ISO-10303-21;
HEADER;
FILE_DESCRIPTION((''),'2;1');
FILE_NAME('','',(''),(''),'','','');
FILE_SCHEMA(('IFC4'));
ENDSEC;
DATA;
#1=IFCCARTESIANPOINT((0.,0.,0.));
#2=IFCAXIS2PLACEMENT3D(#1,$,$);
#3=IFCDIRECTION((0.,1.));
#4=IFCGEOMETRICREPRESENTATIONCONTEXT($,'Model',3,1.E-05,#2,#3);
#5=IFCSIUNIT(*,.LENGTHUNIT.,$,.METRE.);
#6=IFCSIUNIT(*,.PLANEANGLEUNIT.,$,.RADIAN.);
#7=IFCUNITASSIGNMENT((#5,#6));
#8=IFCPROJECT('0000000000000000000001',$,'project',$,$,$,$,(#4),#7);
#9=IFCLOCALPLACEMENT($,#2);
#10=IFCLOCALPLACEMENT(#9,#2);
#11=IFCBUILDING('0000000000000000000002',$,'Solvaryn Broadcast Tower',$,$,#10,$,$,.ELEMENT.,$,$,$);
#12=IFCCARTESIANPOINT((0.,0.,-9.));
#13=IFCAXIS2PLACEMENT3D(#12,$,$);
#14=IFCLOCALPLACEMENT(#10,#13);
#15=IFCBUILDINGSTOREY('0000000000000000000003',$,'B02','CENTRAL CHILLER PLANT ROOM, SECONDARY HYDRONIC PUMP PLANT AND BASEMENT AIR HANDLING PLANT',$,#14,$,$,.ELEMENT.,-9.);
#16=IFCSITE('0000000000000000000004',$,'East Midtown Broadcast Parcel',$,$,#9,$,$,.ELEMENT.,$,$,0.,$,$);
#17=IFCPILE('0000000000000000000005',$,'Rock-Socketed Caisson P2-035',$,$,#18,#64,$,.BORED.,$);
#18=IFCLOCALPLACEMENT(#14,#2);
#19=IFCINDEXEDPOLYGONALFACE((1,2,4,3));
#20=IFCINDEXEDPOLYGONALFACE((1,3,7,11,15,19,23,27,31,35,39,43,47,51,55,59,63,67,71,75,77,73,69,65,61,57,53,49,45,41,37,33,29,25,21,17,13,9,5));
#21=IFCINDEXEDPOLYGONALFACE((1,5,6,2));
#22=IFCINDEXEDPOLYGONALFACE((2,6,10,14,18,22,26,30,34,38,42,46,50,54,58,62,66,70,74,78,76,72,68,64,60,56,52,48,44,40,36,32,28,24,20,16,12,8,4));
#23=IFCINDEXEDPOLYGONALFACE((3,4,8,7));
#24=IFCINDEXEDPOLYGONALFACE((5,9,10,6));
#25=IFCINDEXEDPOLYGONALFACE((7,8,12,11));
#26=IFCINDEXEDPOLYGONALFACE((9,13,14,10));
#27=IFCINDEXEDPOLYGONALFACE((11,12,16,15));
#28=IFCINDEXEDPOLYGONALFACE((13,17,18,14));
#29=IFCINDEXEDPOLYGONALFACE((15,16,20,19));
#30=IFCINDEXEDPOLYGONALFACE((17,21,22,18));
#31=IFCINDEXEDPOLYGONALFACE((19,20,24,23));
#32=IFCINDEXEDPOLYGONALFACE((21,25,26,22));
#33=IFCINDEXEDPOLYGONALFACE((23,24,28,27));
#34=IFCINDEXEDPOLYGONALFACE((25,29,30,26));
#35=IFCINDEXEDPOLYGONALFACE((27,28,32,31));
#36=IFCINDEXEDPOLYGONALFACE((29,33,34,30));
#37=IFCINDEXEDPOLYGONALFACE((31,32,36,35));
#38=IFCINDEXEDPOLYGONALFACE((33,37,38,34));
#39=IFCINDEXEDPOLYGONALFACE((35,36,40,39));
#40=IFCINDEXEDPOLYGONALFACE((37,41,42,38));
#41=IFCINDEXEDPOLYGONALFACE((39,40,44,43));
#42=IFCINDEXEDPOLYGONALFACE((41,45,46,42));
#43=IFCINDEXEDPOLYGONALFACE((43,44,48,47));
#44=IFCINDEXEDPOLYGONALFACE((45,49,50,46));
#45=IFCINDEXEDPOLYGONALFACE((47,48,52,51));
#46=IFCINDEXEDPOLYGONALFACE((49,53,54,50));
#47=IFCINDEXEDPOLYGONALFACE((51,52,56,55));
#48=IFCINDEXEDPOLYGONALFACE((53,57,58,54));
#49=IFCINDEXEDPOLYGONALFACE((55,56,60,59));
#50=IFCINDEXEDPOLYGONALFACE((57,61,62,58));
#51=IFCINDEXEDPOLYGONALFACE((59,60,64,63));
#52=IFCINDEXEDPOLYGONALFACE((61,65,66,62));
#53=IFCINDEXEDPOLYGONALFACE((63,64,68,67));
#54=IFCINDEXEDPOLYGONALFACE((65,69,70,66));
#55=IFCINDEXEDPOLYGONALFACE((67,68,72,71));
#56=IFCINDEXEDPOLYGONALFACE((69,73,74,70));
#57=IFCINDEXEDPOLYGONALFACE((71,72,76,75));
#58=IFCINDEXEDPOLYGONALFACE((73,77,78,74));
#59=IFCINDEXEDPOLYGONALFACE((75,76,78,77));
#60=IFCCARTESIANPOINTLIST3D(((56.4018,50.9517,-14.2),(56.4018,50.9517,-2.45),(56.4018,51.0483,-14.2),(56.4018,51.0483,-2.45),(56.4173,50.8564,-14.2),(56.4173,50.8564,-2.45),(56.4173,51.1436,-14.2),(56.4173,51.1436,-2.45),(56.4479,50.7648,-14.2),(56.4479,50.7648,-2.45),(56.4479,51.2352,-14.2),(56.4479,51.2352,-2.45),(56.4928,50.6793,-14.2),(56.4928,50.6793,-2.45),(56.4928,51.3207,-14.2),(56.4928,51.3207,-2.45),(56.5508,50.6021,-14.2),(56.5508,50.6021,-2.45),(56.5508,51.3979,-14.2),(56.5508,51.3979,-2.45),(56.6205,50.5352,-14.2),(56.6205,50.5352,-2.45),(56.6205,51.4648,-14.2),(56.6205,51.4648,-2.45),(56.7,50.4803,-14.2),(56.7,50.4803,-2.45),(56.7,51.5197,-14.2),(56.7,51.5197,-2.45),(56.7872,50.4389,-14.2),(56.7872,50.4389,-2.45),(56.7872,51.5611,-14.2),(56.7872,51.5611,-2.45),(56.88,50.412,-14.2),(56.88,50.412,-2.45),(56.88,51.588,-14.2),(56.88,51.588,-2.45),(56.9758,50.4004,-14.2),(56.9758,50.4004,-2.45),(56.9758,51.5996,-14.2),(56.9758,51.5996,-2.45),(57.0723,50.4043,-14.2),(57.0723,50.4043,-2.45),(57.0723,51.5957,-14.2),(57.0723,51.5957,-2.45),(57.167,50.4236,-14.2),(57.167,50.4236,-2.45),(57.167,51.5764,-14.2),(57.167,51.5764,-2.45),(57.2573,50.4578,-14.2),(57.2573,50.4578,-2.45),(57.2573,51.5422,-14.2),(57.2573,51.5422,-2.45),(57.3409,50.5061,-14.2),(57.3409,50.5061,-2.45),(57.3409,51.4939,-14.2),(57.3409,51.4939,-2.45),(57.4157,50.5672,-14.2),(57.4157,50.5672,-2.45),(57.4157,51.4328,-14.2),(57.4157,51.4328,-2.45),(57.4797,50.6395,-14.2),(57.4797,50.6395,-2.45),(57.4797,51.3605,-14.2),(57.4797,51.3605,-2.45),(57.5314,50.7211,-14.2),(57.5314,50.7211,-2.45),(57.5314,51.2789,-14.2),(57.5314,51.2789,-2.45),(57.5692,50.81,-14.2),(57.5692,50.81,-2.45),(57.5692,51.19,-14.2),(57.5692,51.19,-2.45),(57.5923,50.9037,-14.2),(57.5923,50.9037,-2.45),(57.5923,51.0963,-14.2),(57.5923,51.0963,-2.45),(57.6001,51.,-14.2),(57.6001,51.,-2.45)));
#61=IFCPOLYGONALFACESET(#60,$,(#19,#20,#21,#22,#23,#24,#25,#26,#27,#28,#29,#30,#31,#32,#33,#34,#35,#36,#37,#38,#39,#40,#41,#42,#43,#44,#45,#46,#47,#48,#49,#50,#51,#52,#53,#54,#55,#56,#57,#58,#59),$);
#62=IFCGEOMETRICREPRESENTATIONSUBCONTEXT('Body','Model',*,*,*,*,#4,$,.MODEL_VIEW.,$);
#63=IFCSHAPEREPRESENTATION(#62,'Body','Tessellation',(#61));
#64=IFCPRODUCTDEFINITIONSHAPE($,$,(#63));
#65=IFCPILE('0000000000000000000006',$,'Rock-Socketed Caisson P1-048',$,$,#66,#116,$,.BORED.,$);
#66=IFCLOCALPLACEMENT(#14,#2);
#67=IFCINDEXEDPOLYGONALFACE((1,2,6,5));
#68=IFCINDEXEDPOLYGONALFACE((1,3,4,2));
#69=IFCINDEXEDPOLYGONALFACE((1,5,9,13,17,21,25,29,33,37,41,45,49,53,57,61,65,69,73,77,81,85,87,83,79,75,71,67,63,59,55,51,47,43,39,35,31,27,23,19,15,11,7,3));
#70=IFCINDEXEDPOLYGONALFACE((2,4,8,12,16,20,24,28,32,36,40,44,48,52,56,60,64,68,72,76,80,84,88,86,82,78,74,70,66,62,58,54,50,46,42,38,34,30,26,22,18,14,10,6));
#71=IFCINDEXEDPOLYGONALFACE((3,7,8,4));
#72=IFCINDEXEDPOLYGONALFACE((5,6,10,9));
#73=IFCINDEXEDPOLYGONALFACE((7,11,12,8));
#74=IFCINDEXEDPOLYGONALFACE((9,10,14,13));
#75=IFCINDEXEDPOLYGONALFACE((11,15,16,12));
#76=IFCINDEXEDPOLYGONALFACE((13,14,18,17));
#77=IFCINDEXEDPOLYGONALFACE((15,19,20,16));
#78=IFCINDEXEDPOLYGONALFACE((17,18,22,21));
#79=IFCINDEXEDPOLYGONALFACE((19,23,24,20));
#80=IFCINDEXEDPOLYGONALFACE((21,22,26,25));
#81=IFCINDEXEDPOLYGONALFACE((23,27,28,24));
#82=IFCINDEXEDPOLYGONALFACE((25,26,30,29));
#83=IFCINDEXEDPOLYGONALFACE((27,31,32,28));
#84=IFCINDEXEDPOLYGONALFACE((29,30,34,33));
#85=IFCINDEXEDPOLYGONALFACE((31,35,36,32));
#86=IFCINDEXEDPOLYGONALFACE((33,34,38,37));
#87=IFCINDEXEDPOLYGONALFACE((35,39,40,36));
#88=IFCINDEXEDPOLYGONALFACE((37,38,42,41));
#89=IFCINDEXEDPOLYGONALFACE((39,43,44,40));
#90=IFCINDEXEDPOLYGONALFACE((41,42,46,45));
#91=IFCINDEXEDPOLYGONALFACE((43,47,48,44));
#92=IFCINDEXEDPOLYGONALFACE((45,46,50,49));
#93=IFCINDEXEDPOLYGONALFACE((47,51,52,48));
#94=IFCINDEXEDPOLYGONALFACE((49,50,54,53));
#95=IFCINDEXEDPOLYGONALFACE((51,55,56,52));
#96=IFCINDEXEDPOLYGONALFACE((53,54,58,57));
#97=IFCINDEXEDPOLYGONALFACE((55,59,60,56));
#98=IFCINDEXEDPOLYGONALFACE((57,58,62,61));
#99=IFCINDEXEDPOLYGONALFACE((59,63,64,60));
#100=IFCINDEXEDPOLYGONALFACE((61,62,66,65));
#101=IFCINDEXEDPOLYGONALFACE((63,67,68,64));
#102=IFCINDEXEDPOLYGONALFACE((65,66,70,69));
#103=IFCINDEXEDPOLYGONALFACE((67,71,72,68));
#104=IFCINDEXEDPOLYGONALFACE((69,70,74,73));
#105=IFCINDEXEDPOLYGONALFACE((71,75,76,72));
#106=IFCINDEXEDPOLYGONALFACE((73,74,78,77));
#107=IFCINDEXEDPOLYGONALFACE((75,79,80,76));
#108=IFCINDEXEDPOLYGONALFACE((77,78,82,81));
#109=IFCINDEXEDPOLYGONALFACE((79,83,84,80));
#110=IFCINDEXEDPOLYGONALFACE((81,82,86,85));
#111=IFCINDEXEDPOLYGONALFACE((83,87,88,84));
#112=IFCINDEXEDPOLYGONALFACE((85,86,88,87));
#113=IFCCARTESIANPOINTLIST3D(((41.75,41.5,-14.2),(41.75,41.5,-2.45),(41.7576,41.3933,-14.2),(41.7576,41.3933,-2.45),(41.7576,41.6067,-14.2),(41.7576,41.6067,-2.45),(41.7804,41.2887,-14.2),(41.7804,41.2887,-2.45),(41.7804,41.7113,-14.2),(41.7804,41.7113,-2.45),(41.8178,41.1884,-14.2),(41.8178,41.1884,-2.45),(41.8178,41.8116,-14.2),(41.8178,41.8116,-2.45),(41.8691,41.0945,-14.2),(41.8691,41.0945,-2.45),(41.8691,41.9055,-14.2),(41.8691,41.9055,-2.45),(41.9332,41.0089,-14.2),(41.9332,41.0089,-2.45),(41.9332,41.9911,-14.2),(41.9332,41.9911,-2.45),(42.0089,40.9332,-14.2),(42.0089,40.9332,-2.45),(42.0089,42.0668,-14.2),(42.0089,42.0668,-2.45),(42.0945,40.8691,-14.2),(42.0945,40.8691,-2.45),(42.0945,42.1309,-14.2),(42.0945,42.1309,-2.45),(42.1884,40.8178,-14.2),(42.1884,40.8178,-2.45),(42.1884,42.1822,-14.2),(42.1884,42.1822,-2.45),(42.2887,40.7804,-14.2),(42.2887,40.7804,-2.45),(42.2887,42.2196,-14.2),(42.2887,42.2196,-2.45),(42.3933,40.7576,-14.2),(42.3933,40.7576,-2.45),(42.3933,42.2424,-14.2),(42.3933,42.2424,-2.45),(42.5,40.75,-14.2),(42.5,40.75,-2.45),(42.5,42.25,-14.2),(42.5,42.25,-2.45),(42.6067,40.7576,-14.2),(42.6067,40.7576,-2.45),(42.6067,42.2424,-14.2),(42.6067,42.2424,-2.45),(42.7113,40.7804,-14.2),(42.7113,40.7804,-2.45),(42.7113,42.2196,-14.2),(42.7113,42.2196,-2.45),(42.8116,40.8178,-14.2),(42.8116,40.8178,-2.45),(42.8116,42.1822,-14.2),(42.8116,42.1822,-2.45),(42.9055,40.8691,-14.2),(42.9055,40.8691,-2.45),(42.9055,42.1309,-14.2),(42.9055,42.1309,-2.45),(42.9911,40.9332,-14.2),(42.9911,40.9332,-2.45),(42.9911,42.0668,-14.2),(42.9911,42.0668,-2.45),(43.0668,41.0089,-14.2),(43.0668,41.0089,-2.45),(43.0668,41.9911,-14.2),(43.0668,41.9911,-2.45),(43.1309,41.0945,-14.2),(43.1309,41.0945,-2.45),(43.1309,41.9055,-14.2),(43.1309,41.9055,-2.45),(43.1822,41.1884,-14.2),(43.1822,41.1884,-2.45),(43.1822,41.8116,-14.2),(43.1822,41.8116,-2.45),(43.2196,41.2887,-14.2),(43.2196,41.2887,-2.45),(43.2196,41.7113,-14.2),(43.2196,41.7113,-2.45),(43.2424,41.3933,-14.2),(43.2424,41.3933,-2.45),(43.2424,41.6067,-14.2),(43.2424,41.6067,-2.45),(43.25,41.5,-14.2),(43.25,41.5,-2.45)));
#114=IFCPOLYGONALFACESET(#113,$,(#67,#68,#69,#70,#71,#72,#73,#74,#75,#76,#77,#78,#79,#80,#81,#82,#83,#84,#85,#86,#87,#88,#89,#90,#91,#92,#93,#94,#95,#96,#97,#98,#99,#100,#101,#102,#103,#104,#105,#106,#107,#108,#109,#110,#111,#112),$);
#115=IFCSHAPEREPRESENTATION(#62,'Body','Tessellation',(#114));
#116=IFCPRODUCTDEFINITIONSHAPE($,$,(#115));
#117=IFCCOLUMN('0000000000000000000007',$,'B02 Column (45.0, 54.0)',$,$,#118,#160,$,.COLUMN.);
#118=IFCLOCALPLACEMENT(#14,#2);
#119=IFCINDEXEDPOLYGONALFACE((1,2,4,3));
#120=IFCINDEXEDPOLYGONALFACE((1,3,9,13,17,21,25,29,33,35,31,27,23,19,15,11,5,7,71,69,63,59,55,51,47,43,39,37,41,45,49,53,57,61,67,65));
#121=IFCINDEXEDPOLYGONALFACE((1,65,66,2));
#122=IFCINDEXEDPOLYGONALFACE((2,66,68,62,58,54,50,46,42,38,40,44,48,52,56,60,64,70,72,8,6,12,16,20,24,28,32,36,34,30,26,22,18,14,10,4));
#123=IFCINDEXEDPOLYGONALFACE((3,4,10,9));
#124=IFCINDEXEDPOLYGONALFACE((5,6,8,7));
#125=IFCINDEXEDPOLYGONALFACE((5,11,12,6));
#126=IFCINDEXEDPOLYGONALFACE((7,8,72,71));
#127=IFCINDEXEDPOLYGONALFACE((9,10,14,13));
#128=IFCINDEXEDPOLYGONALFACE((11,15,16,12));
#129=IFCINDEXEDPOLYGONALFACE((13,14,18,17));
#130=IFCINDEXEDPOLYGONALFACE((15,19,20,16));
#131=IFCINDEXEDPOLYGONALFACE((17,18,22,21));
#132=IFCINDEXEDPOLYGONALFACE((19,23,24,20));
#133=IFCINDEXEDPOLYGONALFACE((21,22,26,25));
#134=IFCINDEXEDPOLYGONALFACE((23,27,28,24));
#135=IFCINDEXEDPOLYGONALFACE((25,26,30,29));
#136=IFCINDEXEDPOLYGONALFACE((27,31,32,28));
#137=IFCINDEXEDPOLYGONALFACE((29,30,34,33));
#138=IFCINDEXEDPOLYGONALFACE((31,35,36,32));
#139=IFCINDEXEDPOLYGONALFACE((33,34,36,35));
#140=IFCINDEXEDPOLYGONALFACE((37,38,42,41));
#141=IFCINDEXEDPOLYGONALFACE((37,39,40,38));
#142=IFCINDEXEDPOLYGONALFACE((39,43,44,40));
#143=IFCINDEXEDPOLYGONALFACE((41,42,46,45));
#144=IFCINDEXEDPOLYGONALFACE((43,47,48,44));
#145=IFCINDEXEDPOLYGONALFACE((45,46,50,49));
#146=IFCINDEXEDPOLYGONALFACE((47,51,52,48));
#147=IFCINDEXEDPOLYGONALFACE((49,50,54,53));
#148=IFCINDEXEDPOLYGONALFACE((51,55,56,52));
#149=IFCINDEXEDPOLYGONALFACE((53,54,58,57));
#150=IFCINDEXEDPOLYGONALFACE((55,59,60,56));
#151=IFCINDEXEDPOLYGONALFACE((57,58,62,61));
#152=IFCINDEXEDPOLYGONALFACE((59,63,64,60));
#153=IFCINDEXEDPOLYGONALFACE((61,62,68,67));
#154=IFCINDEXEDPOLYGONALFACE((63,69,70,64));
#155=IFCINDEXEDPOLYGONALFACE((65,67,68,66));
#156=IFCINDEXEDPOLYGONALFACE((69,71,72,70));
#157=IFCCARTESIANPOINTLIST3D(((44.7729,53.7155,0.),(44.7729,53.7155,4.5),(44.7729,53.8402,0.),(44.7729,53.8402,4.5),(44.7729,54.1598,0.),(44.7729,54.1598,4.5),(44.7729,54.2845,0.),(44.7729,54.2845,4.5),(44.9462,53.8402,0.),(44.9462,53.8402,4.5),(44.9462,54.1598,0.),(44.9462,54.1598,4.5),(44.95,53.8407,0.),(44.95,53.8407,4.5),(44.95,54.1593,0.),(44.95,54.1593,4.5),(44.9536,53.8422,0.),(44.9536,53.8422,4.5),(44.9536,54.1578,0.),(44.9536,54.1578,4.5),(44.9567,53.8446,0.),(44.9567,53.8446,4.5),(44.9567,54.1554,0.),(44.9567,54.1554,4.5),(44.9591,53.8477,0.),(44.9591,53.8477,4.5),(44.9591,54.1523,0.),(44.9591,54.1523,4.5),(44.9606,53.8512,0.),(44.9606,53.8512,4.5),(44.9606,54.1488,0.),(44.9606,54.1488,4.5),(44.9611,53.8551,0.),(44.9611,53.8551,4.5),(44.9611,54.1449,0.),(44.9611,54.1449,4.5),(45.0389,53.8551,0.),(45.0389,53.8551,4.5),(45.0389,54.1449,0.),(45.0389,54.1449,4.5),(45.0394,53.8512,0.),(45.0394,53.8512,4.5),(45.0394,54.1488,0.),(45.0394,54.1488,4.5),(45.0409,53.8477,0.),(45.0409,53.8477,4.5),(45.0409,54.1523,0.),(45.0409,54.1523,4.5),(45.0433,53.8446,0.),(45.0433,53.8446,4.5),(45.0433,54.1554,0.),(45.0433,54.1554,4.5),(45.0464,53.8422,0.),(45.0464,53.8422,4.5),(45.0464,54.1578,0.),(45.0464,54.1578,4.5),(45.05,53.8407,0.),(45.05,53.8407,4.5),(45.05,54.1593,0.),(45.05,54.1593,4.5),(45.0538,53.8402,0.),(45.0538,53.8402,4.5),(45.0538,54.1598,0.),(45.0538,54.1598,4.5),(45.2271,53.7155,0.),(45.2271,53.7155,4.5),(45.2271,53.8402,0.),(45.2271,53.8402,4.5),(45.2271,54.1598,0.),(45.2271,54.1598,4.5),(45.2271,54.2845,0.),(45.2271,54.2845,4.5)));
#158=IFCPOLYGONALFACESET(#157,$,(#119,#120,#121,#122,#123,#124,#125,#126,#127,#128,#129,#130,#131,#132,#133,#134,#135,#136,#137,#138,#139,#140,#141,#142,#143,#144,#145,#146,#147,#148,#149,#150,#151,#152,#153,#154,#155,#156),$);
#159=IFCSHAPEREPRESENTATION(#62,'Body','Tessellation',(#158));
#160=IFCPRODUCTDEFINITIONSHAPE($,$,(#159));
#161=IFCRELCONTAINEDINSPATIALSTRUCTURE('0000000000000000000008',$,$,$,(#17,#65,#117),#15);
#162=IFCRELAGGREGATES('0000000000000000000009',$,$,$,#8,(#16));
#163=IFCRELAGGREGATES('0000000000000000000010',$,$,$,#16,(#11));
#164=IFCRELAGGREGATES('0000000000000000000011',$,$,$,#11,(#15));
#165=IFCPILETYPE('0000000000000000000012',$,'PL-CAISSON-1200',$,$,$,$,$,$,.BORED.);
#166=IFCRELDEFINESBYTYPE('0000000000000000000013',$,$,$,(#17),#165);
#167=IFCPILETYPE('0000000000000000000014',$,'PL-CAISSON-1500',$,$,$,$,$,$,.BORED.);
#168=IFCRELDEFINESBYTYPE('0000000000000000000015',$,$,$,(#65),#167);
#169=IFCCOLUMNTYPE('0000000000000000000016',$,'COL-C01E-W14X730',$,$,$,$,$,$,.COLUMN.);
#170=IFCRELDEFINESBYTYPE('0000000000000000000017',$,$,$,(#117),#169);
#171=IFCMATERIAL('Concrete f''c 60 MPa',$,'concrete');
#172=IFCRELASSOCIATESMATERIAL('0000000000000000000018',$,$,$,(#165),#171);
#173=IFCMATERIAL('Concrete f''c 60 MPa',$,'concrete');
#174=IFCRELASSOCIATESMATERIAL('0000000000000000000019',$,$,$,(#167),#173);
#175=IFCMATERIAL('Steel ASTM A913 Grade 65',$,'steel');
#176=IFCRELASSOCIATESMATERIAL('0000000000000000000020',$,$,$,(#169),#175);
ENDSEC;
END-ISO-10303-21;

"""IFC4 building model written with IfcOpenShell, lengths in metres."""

from ifc_helpers import new_model, si_unit, direction, frame, origin, origin_2d, place, context, subcontext, project, spatial, circle, i_section, extrude, material, material_profile, profile_set, type_object, element, save


model = new_model("IFC4")

# Units and contexts
model_context = context("Model", 3, precision=1e-05, world=origin(), true_north=direction((0.0, 1.0)))
body_context = subcontext(model_context, "Body", "Model", "MODEL_VIEW")
ifc_project = project(units=[si_unit("LENGTHUNIT", "METRE"), si_unit("PLANEANGLEUNIT", "RADIAN")], contexts=[model_context])

# Site, building, storey
site_placement = place(None, origin())
site = spatial("IfcSite", under=ifc_project, at=site_placement, Name="East Midtown Broadcast Parcel", CompositionType="ELEMENT", RefElevation=0.0)
building_placement = place(site_placement, origin())
building = spatial("IfcBuilding", under=site, at=building_placement, Name="Solvaryn Broadcast Tower", CompositionType="ELEMENT")
storey_placement = place(building_placement, frame((0.0, 0.0, -9.0)))
storey = spatial("IfcBuildingStorey", under=building, at=storey_placement, Name="B02", Description="CENTRAL CHILLER PLANT ROOM, SECONDARY HYDRONIC PUMP PLANT AND BASEMENT AIR HANDLING PLANT", CompositionType="ELEMENT", Elevation=-9.0)

# Piles
ifc_material_1 = material(Name="Concrete f'c 60 MPa", Category="concrete")
ifc_material_profile_1 = material_profile(ifc_material_1, circle(Radius=0.6001, at=origin_2d()))
ifc_profile_set_1 = profile_set([ifc_material_profile_1], Name="Concrete f'c 60 MPa")
pile_type_1 = type_object("IfcPileType", Name="PL-CAISSON-1200", PredefinedType="BORED", material=ifc_profile_set_1)
for number, where, z_axis, x_axis, name in (
    (1, (57.0, 51.0, -2.45), (0.0, 0.0, -1.0), (1.0, 0.0, 0.0), "Rock-Socketed Caisson P2-035"),
):
    element("IfcPile", number, at=place(storey_placement, frame(where, z_axis=z_axis, x_axis=x_axis)), inside=storey, type_object=pile_type_1, Name=name, PredefinedType="BORED", context=body_context, shape_type="SweptSolid", body=[
        extrude(circle(Radius=0.6001, at=origin_2d()), origin(), (0.0, 0.0, 1.0), 11.75),
    ])
ifc_material_2 = material(Name="Concrete f'c 60 MPa", Category="concrete")
ifc_material_profile_2 = material_profile(ifc_material_2, circle(Radius=0.75, at=origin_2d()))
ifc_profile_set_2 = profile_set([ifc_material_profile_2], Name="Concrete f'c 60 MPa")
pile_type_2 = type_object("IfcPileType", Name="PL-CAISSON-1500", PredefinedType="BORED", material=ifc_profile_set_2)
pile_placement = place(storey_placement, frame((42.5, 41.5, -2.45), z_axis=(0.0, 0.0, -1.0), x_axis=(1.0, 0.0, 0.0)))
element("IfcPile", 2, at=pile_placement, inside=storey, type_object=pile_type_2, Name="Rock-Socketed Caisson P1-048", PredefinedType="BORED", context=body_context, shape_type="SweptSolid", body=[
    extrude(circle(Radius=0.75, at=origin_2d()), origin(), (0.0, 0.0, 1.0), 11.75),
])

# Column
ifc_material_3 = material(Name="Steel ASTM A913 Grade 65", Category="steel")
ifc_material_profile_3 = material_profile(ifc_material_3, i_section(OverallWidth=0.4541, OverallDepth=0.5691, WebThickness=0.0779, FlangeThickness=0.1248, FilletRadius=0.0149, at=origin_2d()))
ifc_profile_set_3 = profile_set([ifc_material_profile_3], Name="Steel ASTM A913 Grade 65")
column_type_1 = type_object("IfcColumnType", Name="COL-C01E-W14X730", PredefinedType="COLUMN", material=ifc_profile_set_3)
for number, where, z_axis, x_axis, name in (
    (3, (45.0, 54.0, 0.0), (0.0, 0.0, 1.0), (1.0, 0.0, 0.0), "B02 Column (45.0, 54.0)"),
):
    element("IfcColumn", number, at=place(storey_placement, frame(where, z_axis=z_axis, x_axis=x_axis)), inside=storey, type_object=column_type_1, Name=name, PredefinedType="COLUMN", context=body_context, shape_type="SweptSolid", body=[
        extrude(i_section(OverallWidth=0.4541, OverallDepth=0.5691, WebThickness=0.0779, FlangeThickness=0.1248, FilletRadius=0.0149, at=origin_2d()), origin(), (0.0, 0.0, 1.0), 4.5),
    ])

save(model, "model.ifc")
